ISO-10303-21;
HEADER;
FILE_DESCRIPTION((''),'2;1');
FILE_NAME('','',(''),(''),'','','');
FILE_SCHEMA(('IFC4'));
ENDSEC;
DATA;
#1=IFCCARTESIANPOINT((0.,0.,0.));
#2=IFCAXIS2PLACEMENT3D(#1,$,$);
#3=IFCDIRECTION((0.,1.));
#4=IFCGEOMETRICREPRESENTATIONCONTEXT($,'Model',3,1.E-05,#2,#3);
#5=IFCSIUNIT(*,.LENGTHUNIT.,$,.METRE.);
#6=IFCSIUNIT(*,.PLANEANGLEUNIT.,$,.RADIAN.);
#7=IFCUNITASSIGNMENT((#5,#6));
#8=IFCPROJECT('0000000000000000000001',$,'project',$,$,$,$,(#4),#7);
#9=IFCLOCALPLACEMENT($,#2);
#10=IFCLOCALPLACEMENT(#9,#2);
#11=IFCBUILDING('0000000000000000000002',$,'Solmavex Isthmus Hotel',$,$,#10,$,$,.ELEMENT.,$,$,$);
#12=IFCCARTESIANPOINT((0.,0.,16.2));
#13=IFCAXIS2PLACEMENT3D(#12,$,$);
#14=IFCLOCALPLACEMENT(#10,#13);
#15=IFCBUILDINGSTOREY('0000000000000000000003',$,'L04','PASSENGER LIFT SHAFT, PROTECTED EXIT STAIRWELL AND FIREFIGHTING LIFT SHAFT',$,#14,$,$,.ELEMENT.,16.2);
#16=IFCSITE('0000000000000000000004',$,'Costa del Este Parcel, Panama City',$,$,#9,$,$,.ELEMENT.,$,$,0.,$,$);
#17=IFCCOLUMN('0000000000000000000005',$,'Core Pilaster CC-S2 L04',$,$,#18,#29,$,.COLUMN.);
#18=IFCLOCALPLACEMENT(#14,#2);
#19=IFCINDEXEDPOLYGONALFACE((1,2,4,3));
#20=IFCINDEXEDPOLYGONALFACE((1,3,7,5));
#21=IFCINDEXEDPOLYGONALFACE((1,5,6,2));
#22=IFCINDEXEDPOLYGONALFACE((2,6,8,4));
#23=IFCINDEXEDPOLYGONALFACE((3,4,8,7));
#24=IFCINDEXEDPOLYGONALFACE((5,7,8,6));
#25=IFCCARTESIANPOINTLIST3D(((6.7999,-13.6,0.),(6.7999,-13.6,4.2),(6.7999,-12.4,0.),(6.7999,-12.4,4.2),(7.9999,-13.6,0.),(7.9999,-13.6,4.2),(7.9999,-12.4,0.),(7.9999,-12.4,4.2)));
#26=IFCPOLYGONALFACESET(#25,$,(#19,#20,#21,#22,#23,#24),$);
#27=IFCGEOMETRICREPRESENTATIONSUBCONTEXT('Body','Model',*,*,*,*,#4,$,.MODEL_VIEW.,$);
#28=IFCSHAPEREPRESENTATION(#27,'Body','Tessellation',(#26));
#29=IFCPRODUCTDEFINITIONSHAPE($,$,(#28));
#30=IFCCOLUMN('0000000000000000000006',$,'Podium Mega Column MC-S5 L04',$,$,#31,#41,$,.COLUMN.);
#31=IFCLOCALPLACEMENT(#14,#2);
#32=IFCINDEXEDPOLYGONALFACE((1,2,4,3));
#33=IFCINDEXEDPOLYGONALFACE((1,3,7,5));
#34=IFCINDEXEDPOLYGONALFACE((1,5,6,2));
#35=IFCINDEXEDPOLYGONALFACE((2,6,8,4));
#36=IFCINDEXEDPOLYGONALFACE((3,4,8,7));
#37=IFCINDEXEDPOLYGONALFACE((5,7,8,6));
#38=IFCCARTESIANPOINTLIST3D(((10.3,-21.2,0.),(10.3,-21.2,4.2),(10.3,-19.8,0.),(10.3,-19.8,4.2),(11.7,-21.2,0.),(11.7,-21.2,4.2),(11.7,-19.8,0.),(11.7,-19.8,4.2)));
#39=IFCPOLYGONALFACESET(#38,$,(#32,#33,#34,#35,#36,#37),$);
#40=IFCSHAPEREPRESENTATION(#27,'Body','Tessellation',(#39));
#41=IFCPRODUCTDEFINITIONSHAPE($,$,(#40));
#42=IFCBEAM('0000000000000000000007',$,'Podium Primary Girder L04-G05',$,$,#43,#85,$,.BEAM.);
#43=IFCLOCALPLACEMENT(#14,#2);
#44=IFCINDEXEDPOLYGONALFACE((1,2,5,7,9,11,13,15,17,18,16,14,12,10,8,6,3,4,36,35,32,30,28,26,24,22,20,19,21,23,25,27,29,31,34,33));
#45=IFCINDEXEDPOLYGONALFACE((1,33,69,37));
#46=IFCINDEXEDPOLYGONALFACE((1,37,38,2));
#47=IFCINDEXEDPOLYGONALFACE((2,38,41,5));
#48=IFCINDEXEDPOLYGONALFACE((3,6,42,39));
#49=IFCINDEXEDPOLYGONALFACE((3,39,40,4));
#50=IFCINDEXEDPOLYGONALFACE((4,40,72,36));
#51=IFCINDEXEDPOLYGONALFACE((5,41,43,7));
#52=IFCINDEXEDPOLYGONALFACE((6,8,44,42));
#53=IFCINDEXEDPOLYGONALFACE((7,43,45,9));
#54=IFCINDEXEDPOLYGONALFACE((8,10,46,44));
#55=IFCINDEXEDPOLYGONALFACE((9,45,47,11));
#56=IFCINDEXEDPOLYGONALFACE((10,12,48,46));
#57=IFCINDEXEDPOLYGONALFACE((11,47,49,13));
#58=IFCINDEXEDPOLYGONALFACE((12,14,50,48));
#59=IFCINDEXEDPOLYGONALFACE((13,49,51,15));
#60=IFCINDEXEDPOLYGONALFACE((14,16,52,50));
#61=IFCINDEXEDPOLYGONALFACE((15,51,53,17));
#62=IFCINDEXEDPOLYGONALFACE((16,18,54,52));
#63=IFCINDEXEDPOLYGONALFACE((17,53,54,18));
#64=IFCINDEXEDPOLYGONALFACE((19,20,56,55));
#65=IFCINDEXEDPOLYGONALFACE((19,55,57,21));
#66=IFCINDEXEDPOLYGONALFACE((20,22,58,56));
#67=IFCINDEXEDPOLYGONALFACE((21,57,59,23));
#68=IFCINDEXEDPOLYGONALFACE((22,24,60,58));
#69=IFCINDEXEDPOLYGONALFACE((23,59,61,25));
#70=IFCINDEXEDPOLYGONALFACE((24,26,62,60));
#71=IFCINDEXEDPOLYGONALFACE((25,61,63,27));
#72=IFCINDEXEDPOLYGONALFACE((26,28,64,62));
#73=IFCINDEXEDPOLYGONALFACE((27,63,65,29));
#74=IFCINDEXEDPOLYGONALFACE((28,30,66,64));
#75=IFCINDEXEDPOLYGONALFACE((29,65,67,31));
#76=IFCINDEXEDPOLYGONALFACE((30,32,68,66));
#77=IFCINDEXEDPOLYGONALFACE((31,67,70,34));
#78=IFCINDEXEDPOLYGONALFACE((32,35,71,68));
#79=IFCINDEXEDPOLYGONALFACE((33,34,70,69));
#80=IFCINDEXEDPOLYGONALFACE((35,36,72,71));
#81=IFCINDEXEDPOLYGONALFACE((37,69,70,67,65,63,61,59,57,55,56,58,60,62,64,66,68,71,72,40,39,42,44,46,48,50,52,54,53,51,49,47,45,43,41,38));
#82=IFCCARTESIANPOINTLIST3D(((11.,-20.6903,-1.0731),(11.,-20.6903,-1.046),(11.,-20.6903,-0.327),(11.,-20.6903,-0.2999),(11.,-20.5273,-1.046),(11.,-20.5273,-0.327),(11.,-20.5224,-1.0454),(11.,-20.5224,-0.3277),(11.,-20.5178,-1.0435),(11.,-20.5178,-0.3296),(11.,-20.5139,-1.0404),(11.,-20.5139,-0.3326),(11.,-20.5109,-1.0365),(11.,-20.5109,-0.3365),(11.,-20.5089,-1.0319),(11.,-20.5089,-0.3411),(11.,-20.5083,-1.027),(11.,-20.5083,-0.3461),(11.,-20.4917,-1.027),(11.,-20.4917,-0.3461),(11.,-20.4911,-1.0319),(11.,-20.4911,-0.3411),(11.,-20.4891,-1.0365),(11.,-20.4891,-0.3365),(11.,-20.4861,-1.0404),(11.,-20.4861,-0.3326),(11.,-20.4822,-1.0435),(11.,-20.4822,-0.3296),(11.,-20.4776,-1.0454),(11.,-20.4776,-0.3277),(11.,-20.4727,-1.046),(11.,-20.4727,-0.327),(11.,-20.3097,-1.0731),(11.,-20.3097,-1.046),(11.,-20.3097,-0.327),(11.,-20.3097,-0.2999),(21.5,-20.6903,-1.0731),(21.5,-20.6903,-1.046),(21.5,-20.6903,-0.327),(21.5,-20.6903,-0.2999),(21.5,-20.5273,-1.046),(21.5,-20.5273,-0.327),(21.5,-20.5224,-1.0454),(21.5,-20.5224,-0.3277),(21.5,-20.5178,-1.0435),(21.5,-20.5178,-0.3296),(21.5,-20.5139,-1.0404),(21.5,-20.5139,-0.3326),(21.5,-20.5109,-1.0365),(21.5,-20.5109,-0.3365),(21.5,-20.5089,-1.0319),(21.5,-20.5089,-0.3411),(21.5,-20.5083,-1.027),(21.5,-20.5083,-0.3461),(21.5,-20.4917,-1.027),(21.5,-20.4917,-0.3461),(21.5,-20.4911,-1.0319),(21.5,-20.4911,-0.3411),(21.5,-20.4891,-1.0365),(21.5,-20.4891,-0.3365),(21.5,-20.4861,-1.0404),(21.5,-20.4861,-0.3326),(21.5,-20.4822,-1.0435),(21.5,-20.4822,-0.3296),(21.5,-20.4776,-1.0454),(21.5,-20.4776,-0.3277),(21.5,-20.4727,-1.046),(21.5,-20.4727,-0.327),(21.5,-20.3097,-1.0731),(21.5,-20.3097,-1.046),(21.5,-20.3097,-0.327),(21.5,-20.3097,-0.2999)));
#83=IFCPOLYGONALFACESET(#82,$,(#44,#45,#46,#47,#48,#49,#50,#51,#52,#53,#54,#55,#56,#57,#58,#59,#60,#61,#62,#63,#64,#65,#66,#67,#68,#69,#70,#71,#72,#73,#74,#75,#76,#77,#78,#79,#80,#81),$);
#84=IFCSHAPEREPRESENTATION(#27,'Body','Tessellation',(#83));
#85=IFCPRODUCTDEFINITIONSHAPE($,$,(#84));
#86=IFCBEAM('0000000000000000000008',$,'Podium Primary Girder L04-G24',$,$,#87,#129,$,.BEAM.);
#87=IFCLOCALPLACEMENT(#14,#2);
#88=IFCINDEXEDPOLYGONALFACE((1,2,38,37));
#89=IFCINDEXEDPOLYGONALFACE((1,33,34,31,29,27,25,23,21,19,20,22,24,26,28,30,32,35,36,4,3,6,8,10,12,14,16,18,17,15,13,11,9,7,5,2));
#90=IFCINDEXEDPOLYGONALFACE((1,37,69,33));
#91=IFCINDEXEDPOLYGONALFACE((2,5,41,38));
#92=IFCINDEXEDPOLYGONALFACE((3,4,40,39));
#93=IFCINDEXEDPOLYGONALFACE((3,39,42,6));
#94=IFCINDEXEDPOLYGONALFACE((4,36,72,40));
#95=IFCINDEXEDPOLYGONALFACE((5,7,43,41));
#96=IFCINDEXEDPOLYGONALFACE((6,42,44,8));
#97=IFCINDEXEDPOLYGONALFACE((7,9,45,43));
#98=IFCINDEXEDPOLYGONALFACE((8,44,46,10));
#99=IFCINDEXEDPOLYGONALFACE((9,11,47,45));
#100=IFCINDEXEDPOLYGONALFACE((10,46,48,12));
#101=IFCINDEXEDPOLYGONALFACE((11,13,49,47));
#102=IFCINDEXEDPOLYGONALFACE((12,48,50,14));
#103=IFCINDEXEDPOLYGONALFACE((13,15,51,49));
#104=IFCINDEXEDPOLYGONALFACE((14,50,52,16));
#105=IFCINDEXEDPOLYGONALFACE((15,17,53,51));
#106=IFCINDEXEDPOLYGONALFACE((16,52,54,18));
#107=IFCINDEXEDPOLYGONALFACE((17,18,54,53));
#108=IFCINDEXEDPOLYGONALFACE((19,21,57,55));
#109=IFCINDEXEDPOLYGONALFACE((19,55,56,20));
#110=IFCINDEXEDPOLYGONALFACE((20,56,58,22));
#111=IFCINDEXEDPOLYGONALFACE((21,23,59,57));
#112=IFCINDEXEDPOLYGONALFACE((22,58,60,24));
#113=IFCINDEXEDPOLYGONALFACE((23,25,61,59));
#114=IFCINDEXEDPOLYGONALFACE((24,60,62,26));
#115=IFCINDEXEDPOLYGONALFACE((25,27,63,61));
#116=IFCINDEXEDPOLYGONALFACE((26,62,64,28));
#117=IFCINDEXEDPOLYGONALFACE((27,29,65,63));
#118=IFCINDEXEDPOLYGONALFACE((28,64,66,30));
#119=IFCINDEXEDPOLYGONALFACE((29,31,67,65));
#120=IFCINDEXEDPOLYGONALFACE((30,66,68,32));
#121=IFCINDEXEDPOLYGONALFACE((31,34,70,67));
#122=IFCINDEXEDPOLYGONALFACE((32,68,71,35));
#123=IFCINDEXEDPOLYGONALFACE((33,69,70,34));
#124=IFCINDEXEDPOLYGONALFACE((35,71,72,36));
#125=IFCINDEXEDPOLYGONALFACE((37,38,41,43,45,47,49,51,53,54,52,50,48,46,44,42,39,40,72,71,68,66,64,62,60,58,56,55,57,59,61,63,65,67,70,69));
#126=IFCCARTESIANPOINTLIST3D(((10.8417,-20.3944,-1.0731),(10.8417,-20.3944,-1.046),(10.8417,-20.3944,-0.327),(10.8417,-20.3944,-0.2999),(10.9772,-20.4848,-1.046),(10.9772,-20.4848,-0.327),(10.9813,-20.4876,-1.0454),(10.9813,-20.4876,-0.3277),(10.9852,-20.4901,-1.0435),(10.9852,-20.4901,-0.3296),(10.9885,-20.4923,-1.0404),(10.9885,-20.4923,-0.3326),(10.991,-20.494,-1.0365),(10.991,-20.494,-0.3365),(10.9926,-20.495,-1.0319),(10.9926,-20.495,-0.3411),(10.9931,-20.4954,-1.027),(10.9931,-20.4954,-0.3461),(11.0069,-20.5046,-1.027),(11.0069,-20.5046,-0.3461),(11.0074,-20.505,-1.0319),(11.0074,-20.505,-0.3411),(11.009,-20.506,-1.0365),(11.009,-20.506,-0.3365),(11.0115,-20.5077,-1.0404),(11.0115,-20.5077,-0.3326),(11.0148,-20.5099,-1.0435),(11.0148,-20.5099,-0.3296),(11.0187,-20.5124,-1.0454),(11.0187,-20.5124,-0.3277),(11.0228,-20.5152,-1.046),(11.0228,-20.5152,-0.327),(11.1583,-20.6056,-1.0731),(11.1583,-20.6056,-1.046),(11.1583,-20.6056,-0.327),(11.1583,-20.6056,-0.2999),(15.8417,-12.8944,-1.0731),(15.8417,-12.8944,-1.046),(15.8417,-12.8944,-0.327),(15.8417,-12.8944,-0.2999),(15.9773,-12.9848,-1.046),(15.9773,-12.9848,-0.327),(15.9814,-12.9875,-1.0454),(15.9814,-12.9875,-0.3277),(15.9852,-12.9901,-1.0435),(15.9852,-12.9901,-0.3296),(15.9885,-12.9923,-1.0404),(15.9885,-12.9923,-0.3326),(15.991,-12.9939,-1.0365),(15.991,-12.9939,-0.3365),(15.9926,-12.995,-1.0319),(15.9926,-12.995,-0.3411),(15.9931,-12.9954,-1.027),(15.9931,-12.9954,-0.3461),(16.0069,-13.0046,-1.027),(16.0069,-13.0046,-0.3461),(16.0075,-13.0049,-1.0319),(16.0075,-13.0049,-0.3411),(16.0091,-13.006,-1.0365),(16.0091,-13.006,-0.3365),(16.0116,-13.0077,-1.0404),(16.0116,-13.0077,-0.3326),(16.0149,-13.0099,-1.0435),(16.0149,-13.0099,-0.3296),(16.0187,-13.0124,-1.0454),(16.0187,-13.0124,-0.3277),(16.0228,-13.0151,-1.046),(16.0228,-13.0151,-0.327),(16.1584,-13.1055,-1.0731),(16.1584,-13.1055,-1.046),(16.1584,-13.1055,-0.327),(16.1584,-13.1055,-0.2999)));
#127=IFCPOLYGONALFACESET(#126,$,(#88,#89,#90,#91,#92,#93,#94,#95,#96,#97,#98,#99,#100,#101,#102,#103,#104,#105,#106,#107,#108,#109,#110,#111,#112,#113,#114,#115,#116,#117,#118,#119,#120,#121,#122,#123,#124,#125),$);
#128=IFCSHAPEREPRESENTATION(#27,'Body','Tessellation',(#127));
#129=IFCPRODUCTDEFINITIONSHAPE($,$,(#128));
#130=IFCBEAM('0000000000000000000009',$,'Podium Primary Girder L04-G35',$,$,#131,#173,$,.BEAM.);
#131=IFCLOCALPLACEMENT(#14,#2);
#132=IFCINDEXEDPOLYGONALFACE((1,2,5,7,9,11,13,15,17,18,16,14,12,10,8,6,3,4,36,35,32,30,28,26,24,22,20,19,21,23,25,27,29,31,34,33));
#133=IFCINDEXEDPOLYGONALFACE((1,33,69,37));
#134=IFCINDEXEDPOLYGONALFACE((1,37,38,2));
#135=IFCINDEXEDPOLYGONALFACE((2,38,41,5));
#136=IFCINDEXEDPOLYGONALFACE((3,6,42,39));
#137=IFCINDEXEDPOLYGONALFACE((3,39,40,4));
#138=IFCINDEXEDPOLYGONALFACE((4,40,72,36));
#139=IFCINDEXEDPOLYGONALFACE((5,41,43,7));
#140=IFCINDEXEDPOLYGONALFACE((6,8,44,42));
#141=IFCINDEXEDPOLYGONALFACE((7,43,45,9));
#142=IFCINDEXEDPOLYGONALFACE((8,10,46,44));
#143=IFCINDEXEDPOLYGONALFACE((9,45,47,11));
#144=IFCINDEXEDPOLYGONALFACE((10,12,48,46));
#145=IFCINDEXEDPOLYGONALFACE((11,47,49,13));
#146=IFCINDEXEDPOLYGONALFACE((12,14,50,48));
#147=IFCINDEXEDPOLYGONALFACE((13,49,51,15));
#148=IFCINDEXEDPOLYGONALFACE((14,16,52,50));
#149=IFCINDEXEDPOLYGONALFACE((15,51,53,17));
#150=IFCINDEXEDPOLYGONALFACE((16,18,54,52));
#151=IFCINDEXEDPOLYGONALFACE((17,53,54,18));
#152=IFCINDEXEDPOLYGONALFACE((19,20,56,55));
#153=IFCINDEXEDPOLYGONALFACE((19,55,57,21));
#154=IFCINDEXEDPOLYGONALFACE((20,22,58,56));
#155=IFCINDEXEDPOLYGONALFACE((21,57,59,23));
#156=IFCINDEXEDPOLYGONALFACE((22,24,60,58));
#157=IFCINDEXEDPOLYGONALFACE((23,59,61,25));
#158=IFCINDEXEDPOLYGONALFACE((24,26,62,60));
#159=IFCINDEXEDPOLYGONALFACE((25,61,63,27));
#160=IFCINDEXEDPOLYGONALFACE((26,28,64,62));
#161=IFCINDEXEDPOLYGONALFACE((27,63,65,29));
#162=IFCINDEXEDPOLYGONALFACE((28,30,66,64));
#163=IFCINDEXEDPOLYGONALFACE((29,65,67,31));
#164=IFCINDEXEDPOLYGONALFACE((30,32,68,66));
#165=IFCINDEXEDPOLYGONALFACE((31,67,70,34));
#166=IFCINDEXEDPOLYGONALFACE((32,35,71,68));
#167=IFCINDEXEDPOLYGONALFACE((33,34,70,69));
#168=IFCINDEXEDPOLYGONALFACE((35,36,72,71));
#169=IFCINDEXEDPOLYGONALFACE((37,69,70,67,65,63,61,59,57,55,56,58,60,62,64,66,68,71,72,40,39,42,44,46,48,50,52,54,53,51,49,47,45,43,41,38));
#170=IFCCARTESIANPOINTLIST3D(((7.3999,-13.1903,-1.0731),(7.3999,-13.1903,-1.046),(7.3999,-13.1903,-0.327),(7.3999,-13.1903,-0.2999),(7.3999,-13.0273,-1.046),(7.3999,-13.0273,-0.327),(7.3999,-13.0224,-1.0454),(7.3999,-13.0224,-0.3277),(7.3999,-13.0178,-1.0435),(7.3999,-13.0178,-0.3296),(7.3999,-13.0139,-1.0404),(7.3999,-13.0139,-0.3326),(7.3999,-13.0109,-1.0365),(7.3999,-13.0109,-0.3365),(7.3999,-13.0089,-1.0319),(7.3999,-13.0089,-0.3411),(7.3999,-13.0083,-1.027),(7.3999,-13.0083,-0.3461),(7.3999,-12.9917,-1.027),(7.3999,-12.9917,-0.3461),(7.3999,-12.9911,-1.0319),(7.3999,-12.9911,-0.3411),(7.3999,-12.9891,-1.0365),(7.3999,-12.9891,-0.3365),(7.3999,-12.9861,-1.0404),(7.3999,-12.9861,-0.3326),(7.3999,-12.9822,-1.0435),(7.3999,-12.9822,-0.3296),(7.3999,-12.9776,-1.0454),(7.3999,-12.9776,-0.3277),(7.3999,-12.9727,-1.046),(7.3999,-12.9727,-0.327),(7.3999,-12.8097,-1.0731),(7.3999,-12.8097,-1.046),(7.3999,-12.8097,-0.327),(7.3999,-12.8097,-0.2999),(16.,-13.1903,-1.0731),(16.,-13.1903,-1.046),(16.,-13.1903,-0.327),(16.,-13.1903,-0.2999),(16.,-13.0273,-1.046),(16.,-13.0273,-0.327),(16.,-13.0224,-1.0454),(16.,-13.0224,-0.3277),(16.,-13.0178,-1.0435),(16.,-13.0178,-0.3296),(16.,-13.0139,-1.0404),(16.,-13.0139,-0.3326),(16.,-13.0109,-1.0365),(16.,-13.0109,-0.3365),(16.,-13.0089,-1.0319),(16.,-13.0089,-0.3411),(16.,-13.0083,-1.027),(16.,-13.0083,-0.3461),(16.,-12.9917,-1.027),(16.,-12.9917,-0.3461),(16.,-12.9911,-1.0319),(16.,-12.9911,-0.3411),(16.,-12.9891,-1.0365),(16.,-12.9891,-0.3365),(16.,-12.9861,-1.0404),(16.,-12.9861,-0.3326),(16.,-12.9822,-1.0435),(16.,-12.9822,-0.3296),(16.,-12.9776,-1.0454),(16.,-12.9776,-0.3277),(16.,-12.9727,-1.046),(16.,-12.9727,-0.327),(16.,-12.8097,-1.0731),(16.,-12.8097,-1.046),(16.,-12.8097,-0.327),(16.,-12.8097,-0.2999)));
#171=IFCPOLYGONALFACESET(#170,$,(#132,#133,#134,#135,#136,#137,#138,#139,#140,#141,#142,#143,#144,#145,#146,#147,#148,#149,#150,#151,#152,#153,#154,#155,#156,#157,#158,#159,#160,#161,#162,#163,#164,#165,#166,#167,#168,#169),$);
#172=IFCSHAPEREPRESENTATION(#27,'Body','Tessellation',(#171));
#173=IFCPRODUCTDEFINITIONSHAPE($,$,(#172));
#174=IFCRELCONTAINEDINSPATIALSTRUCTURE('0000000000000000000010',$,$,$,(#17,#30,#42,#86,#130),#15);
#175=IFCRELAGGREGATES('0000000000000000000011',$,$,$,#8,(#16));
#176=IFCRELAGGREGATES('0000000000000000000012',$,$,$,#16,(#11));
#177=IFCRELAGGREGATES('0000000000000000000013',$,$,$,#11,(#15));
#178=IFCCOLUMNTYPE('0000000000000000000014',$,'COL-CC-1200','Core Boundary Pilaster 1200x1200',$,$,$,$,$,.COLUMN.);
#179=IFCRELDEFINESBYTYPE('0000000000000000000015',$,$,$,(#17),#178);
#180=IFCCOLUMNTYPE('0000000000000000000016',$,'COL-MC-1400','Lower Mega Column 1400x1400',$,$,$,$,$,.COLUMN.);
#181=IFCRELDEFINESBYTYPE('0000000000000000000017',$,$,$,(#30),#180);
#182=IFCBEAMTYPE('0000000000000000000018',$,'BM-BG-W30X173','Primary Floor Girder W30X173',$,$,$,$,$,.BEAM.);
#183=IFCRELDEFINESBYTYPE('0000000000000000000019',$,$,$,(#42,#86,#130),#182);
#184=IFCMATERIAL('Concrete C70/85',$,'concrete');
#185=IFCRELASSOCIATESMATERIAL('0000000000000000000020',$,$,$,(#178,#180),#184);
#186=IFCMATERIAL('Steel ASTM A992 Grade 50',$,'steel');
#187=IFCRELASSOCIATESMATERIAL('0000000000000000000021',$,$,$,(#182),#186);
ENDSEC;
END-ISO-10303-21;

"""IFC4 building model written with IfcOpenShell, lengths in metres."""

from ifc_helpers import new_model, si_unit, direction, frame, origin, origin_2d, place, context, subcontext, project, spatial, rectangle, i_section, extrude, material, material_profile, profile_set, type_object, element, save


model = new_model("IFC4")

# Units and contexts
model_context = context("Model", 3, precision=1e-05, world=origin(), true_north=direction((0.0, 1.0)))
body_context = subcontext(model_context, "Body", "Model", "MODEL_VIEW")
ifc_project = project(units=[si_unit("LENGTHUNIT", "METRE"), si_unit("PLANEANGLEUNIT", "RADIAN")], contexts=[model_context])

# Site, building, storey
site_placement = place(None, origin())
site = spatial("IfcSite", under=ifc_project, at=site_placement, Name="Costa del Este Parcel, Panama City", CompositionType="ELEMENT", RefElevation=0.0)
building_placement = place(site_placement, origin())
building = spatial("IfcBuilding", under=site, at=building_placement, Name="Solmavex Isthmus Hotel", CompositionType="ELEMENT")
storey_placement = place(building_placement, frame((0.0, 0.0, 16.2)))
storey = spatial("IfcBuildingStorey", under=building, at=storey_placement, Name="L04", Description="PASSENGER LIFT SHAFT, PROTECTED EXIT STAIRWELL AND FIREFIGHTING LIFT SHAFT", CompositionType="ELEMENT", Elevation=16.2)

# Columns
ifc_material_1 = material(Name="Concrete C70/85", Category="concrete")
ifc_material_profile_1 = material_profile(ifc_material_1, rectangle(XDim=1.2, YDim=1.2, at=origin_2d()), Name="RC1200X1200")
ifc_profile_set_1 = profile_set([ifc_material_profile_1], Name="Concrete C70/85")
column_type_1 = type_object("IfcColumnType", Name="COL-CC-1200", Description="Core Boundary Pilaster 1200x1200", PredefinedType="COLUMN", material=ifc_profile_set_1)
column_1_placement = place(storey_placement, frame((7.3999, -13.0, 0.0), z_axis=(0.0, 0.0, 1.0), x_axis=(1.0, 0.0, 0.0)))
element("IfcColumn", 1, at=column_1_placement, inside=storey, type_object=column_type_1, Name="Core Pilaster CC-S2 L04", PredefinedType="COLUMN", context=body_context, shape_type="SweptSolid", body=[
    extrude(rectangle(XDim=1.2, YDim=1.2, at=origin_2d()), origin(), (0.0, 0.0, 1.0), 4.2),
])
ifc_material_profile_2 = material_profile(ifc_material_1, rectangle(XDim=1.3999, YDim=1.3999, at=origin_2d()), Name="RC1400X1400")
ifc_profile_set_2 = profile_set([ifc_material_profile_2], Name="Concrete C70/85")
column_type_2 = type_object("IfcColumnType", Name="COL-MC-1400", Description="Lower Mega Column 1400x1400", PredefinedType="COLUMN", material=ifc_profile_set_2)
column_2_placement = place(storey_placement, frame((11.0, -20.5, 0.0), z_axis=(0.0, 0.0, 1.0), x_axis=(1.0, 0.0, 0.0)))
element("IfcColumn", 2, at=column_2_placement, inside=storey, type_object=column_type_2, Name="Podium Mega Column MC-S5 L04", PredefinedType="COLUMN", context=body_context, shape_type="SweptSolid", body=[
    extrude(rectangle(XDim=1.3999, YDim=1.3999, at=origin_2d()), origin(), (0.0, 0.0, 1.0), 4.2),
])

# Beams
ifc_material_2 = material(Name="Steel ASTM A992 Grade 50", Category="steel")
ifc_material_profile_3 = material_profile(ifc_material_2, i_section(OverallWidth=0.3806, OverallDepth=0.7732, WebThickness=0.0166, FlangeThickness=0.0271, FilletRadius=0.019, at=origin_2d()), Name="W30X173")
ifc_profile_set_3 = profile_set([ifc_material_profile_3], Name="Steel ASTM A992 Grade 50")
beam_type_1 = type_object("IfcBeamType", Name="BM-BG-W30X173", Description="Primary Floor Girder W30X173", PredefinedType="BEAM", material=ifc_profile_set_3)
beam_1_placement = place(storey_placement, frame((11.0, -20.5, -0.6865), z_axis=(1.0, 0.0, 0.0), x_axis=(0.0, 1.0, 0.0)))
element("IfcBeam", 3, at=beam_1_placement, inside=storey, type_object=beam_type_1, Name="Podium Primary Girder L04-G05", PredefinedType="BEAM", context=body_context, shape_type="SweptSolid", body=[
    extrude(i_section(OverallWidth=0.3806, OverallDepth=0.7732, WebThickness=0.0166, FlangeThickness=0.0271, FilletRadius=0.019, at=origin_2d()), origin(), (0.0, 0.0, 1.0), 10.5),
])
beam_2_placement = place(storey_placement, frame((11.0, -20.5, -0.6865), z_axis=(0.5547, 0.83205, 0.0), x_axis=(-0.83205, 0.5547, 0.0)))
element("IfcBeam", 4, at=beam_2_placement, inside=storey, type_object=beam_type_1, Name="Podium Primary Girder L04-G24", PredefinedType="BEAM", context=body_context, shape_type="SweptSolid", body=[
    extrude(i_section(OverallWidth=0.3806, OverallDepth=0.7732, WebThickness=0.0166, FlangeThickness=0.0271, FilletRadius=0.019, at=origin_2d()), origin(), (0.0, 0.0, 1.0), 9.0139),
])
beam_3_placement = place(storey_placement, frame((7.3999, -13.0, -0.6865), z_axis=(1.0, 0.0, 0.0), x_axis=(0.0, 1.0, 0.0)))
element("IfcBeam", 5, at=beam_3_placement, inside=storey, type_object=beam_type_1, Name="Podium Primary Girder L04-G35", PredefinedType="BEAM", context=body_context, shape_type="SweptSolid", body=[
    extrude(i_section(OverallWidth=0.3806, OverallDepth=0.7732, WebThickness=0.0166, FlangeThickness=0.0271, FilletRadius=0.019, at=origin_2d()), origin(), (0.0, 0.0, 1.0), 8.6001),
])

save(model, "model.ifc")
